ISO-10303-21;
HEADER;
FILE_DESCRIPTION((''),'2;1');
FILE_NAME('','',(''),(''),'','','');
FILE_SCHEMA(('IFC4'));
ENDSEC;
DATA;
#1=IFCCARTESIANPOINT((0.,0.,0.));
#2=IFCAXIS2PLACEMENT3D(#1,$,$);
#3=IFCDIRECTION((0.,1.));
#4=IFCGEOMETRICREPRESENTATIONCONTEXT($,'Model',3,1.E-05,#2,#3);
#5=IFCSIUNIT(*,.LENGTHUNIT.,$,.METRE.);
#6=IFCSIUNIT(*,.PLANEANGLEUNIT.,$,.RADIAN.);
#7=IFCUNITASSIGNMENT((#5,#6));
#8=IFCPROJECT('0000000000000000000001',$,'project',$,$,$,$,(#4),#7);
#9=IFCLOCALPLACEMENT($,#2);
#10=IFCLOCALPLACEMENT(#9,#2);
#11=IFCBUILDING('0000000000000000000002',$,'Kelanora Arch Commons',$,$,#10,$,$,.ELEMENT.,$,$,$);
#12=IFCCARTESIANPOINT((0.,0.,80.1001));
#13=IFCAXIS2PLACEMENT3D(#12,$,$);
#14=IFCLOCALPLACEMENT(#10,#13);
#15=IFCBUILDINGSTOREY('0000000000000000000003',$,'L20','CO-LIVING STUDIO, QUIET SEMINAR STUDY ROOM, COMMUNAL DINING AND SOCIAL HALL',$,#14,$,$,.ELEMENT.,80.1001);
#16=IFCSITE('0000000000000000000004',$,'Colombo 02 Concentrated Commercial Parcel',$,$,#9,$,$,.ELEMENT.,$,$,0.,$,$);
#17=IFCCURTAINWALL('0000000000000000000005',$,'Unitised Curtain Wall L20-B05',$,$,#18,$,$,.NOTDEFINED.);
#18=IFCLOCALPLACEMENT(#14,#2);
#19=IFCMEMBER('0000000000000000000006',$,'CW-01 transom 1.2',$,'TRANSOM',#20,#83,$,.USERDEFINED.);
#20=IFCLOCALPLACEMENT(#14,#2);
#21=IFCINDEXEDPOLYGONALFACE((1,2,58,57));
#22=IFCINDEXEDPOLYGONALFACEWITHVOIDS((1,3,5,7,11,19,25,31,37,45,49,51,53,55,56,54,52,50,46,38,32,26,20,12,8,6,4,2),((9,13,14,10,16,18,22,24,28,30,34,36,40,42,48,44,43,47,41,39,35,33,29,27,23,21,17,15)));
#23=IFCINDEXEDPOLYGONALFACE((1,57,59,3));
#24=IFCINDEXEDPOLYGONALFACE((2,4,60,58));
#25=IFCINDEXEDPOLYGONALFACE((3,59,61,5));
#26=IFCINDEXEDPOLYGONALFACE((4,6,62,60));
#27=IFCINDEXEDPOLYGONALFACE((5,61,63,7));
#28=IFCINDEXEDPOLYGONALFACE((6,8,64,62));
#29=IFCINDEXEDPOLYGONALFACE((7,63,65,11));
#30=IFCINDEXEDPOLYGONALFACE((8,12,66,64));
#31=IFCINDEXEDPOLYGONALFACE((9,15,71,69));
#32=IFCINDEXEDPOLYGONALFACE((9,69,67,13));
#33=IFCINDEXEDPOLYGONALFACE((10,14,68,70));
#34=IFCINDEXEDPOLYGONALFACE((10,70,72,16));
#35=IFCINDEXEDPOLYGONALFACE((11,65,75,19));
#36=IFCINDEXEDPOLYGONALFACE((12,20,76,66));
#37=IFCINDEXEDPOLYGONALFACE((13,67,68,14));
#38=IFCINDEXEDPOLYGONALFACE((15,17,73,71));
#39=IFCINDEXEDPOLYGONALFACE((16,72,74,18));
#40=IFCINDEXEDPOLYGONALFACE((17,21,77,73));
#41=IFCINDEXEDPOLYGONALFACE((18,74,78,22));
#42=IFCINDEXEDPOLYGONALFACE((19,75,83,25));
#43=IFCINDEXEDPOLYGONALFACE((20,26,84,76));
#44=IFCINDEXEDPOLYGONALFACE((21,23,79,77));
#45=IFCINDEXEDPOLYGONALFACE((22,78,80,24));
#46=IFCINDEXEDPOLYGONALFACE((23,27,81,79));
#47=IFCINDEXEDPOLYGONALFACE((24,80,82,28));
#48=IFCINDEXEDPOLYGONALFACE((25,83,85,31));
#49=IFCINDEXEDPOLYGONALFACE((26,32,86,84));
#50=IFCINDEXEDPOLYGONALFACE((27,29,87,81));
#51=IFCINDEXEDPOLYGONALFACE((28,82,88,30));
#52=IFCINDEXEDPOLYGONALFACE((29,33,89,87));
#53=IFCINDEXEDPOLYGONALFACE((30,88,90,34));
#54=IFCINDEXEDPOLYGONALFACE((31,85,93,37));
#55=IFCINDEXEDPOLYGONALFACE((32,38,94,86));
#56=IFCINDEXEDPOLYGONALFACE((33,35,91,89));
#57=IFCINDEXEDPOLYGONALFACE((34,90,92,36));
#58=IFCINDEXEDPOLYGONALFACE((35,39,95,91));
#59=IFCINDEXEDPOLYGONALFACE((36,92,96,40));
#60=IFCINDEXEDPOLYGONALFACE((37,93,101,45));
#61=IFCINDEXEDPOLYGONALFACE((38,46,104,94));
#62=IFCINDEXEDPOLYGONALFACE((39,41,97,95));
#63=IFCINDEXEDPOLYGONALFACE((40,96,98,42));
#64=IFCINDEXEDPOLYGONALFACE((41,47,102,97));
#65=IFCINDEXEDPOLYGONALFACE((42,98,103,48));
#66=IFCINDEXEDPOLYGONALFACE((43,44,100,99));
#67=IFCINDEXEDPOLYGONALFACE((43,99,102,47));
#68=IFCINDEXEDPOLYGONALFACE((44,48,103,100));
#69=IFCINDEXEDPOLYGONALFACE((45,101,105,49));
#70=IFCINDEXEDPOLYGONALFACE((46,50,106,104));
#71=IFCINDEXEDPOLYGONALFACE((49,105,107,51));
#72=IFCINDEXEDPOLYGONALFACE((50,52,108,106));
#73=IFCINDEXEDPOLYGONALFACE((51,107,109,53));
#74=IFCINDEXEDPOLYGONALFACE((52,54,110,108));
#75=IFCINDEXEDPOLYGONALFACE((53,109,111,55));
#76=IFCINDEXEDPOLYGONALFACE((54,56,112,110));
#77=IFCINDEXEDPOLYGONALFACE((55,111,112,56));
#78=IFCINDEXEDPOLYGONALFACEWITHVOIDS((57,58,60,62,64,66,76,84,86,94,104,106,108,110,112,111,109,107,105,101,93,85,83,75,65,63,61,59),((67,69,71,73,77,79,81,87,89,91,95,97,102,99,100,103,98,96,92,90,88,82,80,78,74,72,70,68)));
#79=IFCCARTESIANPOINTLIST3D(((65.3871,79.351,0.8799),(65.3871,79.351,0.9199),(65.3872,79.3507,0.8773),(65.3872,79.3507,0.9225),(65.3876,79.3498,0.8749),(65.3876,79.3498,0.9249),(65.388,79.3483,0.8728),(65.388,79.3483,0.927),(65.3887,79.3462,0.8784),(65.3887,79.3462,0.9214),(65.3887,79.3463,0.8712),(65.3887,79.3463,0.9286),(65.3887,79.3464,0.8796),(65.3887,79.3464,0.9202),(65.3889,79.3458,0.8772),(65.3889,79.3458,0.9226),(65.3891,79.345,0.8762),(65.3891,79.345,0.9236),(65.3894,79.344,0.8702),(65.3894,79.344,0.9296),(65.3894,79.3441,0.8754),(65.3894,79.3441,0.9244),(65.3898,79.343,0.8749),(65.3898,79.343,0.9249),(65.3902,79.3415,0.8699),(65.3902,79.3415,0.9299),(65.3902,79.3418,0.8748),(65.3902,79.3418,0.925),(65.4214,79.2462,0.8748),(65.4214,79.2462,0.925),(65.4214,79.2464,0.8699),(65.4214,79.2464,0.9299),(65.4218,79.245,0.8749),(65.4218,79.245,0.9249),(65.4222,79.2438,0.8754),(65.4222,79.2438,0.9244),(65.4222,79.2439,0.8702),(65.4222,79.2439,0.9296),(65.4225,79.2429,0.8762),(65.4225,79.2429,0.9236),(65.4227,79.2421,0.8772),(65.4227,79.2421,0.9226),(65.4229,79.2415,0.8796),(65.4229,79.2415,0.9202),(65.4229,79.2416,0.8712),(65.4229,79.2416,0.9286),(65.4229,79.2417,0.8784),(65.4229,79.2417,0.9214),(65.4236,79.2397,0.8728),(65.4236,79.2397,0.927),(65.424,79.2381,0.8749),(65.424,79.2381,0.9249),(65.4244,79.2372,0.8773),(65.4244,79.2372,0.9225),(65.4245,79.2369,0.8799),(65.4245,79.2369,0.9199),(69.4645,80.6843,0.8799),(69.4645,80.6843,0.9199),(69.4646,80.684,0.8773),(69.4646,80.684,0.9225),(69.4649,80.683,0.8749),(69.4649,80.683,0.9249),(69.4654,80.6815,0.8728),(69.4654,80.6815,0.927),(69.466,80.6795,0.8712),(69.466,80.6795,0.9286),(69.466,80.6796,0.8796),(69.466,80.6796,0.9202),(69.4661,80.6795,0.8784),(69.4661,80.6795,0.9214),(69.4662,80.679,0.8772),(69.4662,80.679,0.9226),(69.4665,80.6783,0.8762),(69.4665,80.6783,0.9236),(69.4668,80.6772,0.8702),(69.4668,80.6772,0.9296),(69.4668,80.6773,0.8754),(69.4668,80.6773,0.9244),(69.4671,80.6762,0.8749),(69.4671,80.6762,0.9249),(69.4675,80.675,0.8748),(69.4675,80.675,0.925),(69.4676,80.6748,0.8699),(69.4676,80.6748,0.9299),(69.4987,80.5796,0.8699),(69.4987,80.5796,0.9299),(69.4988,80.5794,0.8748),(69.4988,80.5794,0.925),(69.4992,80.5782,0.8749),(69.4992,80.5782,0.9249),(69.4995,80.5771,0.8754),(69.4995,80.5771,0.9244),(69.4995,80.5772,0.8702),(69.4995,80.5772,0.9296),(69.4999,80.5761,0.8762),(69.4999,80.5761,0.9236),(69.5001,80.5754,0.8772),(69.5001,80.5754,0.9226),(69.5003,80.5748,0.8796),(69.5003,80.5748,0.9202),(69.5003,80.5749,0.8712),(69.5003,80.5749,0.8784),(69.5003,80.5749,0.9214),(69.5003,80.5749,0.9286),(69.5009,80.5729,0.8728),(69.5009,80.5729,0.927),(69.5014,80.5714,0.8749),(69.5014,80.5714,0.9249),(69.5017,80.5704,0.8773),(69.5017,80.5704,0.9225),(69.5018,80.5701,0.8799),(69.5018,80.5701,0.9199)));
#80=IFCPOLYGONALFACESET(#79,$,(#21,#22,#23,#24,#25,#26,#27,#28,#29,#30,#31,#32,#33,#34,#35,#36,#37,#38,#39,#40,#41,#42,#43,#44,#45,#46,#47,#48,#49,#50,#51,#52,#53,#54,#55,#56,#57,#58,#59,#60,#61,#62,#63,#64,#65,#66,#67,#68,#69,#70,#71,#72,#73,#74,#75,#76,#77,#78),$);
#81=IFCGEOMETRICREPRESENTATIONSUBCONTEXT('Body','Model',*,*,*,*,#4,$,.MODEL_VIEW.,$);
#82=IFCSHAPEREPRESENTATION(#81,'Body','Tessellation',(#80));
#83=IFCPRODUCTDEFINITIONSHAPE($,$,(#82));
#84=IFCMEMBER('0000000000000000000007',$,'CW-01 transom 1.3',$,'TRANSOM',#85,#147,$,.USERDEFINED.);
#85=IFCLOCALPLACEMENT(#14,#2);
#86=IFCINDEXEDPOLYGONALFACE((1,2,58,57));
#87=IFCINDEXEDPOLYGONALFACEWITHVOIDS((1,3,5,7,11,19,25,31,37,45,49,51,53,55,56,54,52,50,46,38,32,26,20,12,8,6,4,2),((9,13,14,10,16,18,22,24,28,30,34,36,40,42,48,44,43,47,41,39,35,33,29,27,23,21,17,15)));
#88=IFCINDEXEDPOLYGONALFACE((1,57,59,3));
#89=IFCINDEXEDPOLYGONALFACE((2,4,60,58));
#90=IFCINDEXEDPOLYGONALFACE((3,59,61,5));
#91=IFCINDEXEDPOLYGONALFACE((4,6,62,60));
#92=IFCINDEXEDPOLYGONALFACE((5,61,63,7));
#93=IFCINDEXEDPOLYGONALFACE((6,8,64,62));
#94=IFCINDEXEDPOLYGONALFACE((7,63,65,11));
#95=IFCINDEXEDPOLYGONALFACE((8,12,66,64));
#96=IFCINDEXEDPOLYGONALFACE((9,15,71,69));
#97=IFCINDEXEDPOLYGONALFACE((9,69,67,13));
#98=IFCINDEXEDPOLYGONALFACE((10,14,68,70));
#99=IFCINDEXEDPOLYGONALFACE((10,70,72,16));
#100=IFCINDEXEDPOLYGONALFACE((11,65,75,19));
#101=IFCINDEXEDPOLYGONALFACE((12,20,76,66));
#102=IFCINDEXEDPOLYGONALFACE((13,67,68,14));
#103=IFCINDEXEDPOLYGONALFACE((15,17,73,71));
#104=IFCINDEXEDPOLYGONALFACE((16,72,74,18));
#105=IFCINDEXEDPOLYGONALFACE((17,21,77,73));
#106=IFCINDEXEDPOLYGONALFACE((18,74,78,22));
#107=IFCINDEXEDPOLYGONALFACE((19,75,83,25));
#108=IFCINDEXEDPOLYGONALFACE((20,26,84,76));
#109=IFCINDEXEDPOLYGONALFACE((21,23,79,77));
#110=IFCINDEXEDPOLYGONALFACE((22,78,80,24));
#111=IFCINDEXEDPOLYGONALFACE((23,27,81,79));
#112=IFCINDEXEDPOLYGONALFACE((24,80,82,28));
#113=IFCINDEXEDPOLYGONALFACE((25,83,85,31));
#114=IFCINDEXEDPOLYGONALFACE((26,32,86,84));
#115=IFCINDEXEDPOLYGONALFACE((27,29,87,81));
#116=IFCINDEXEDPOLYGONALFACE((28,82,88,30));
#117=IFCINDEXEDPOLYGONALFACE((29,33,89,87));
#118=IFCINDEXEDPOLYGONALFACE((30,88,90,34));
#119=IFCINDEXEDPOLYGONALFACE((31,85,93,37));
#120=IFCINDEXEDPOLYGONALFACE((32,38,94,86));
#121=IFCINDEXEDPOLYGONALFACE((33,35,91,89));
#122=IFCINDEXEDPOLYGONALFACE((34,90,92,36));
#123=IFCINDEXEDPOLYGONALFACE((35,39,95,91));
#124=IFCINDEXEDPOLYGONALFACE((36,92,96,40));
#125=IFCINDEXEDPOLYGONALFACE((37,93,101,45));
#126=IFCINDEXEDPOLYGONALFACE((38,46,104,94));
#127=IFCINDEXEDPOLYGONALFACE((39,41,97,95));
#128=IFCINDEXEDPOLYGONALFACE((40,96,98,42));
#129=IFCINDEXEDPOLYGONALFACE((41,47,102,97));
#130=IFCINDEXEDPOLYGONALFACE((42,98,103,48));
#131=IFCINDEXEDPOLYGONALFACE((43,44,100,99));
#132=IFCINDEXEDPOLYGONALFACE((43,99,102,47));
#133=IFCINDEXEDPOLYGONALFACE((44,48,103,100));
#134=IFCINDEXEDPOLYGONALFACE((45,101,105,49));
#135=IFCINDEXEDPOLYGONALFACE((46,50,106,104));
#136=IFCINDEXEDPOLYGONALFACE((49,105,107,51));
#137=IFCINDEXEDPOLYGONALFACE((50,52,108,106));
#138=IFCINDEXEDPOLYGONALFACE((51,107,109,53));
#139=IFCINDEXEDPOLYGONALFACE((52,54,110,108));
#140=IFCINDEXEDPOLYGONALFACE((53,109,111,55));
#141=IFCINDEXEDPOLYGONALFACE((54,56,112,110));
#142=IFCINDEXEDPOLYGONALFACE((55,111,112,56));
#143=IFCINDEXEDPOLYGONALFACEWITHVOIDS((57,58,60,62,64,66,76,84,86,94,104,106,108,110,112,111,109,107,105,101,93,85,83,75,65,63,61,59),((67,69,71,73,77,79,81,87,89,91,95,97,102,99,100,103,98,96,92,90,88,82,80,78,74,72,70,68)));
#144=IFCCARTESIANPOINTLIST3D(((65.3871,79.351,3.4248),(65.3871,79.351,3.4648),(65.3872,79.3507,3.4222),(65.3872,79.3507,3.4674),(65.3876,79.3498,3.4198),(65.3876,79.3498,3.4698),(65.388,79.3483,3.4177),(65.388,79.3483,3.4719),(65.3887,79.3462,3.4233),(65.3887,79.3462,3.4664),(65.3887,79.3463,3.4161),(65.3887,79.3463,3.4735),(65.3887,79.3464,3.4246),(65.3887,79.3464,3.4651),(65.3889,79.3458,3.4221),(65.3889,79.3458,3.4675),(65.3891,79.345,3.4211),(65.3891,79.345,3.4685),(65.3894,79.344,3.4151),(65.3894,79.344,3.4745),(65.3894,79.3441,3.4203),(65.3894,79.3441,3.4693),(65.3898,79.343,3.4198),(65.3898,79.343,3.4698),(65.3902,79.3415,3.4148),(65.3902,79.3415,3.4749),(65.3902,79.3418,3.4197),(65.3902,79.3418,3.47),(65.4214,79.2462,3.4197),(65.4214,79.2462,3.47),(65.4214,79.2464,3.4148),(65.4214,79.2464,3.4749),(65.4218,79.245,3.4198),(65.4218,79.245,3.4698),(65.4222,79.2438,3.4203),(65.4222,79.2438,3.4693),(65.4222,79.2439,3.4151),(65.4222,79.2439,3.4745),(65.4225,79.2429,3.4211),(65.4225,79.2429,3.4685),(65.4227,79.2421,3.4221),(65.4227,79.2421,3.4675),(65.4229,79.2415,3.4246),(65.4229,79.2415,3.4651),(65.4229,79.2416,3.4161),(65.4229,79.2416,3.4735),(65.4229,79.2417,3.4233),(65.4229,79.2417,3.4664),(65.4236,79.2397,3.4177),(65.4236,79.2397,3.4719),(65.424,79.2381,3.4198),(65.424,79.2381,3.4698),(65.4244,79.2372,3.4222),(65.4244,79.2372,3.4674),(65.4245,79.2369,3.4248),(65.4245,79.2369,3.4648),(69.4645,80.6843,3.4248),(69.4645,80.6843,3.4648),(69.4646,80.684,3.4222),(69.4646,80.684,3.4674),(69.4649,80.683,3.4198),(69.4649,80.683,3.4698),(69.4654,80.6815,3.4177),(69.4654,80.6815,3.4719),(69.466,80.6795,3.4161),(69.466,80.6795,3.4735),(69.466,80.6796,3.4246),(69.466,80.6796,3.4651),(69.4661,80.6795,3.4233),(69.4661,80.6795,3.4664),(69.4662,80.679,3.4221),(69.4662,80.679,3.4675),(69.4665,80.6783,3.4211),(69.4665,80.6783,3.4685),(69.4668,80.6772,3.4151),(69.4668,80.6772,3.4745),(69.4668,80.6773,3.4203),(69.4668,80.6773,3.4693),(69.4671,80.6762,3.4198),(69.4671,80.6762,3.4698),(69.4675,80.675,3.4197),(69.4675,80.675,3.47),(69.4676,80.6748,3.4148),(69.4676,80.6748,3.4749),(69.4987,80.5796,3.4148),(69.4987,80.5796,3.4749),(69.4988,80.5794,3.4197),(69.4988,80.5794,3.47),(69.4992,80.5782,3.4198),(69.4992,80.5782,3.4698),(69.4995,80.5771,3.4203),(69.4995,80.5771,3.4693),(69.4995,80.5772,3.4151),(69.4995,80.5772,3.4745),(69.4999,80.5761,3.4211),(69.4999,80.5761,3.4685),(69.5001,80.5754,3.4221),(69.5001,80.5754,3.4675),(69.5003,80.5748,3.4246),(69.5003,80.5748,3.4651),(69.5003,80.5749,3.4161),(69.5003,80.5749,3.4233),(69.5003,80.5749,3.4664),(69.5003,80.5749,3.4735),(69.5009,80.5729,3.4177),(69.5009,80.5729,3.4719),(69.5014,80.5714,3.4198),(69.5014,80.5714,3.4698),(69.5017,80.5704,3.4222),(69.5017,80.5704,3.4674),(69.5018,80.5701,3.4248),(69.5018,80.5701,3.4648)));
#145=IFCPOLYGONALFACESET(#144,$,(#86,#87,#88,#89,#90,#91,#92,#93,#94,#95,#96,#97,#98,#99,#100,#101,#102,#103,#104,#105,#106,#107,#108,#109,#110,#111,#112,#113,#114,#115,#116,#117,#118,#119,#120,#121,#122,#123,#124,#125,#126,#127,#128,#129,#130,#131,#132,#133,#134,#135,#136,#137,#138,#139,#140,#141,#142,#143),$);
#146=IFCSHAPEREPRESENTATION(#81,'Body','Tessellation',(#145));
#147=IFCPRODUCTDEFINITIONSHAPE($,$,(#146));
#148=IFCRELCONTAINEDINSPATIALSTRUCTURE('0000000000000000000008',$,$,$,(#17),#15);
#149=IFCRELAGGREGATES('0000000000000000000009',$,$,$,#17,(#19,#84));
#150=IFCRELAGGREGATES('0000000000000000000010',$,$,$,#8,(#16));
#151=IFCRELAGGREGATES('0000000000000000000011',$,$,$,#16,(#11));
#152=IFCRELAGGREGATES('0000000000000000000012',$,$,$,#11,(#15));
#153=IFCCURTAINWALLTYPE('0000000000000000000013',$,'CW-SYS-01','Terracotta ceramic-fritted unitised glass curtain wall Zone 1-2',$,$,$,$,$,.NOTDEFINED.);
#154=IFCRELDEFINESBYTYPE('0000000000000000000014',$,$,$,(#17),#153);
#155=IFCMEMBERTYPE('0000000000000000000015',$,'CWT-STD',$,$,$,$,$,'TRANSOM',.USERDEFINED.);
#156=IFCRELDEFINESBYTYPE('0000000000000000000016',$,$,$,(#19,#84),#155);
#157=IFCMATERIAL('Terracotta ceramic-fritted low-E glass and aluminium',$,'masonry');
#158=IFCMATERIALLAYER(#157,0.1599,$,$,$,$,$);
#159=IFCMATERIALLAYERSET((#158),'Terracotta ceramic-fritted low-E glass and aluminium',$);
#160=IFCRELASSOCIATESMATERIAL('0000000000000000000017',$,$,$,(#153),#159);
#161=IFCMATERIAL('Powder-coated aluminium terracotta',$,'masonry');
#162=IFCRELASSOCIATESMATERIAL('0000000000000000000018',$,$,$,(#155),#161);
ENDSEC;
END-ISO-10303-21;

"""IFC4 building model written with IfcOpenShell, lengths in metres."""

from ifc_helpers import new_model, si_unit, direction, frame, origin, origin_2d, place, context, subcontext, project, spatial, hollow_rectangle, extrude, material, layer, layer_set, material_profile, profile_set, type_object, element, aggregate, save


model = new_model("IFC4")

# Units and contexts
model_context = context("Model", 3, precision=1e-05, world=origin(), true_north=direction((0.0, 1.0)))
body_context = subcontext(model_context, "Body", "Model", "MODEL_VIEW")
ifc_project = project(units=[si_unit("LENGTHUNIT", "METRE"), si_unit("PLANEANGLEUNIT", "RADIAN")], contexts=[model_context])

# Site, building, storey
site_placement = place(None, origin())
site = spatial("IfcSite", under=ifc_project, at=site_placement, Name="Colombo 02 Concentrated Commercial Parcel", CompositionType="ELEMENT", RefElevation=0.0)
building_placement = place(site_placement, origin())
building = spatial("IfcBuilding", under=site, at=building_placement, Name="Kelanora Arch Commons", CompositionType="ELEMENT")
storey_placement = place(building_placement, frame((0.0, 0.0, 80.1001)))
storey = spatial("IfcBuildingStorey", under=building, at=storey_placement, Name="L20", Description="CO-LIVING STUDIO, QUIET SEMINAR STUDY ROOM, COMMUNAL DINING AND SOCIAL HALL", CompositionType="ELEMENT", Elevation=80.1001)

# Curtain wall, members
ifc_material_1 = material(Name="Terracotta ceramic-fritted low-E glass and aluminium", Category="masonry")
ifc_layer_1 = layer(ifc_material_1, 0.1599)
ifc_layer_set_1 = layer_set([ifc_layer_1], Name="Terracotta ceramic-fritted low-E glass and aluminium")
curtain_wall_type = type_object("IfcCurtainWallType", Name="CW-SYS-01", Description="Terracotta ceramic-fritted unitised glass curtain wall Zone 1-2", PredefinedType="NOTDEFINED", material=ifc_layer_set_1)
curtain_wall_placement = place(storey_placement, origin())
curtain_wall = element("IfcCurtainWall", 1, at=curtain_wall_placement, inside=storey, type_object=curtain_wall_type, Name="Unitised Curtain Wall L20-B05", PredefinedType="NOTDEFINED")
ifc_material_2 = material(Name="Powder-coated aluminium terracotta", Category="masonry")
ifc_material_profile_1 = material_profile(ifc_material_2, hollow_rectangle(XDim=0.1201, YDim=0.0601, WallThickness=0.0049, InnerFilletRadius=0.0049, OuterFilletRadius=0.01, at=origin_2d()), Name="CWT120x60")
ifc_profile_set_1 = profile_set([ifc_material_profile_1], Name="Powder-coated aluminium terracotta")
member_type_1 = type_object("IfcMemberType", Name="CWT-STD", ElementType="TRANSOM", PredefinedType="USERDEFINED", material=ifc_profile_set_1)
member_1_placement = place(storey_placement, frame((69.4832, 80.6272, 0.8999), z_axis=(-0.950478, -0.310793, 0.0), x_axis=(0.310793, -0.950478, 0.0)))
member_1 = element("IfcMember", 2, at=member_1_placement, type_object=member_type_1, Name="CW-01 transom 1.2", ObjectType="TRANSOM", PredefinedType="USERDEFINED", context=body_context, shape_type="SweptSolid", body=[
    extrude(hollow_rectangle(XDim=0.1201, YDim=0.0601, WallThickness=0.0049, InnerFilletRadius=0.0049, OuterFilletRadius=0.01, at=origin_2d()), origin(), (0.0, 0.0, 1.0), 4.2898),
])
member_2_placement = place(storey_placement, frame((69.4832, 80.6272, 3.4448), z_axis=(-0.950478, -0.310793, 0.0), x_axis=(0.310793, -0.950478, 0.0)))
member_2 = element("IfcMember", 3, at=member_2_placement, type_object=member_type_1, Name="CW-01 transom 1.3", ObjectType="TRANSOM", PredefinedType="USERDEFINED", context=body_context, shape_type="SweptSolid", body=[
    extrude(hollow_rectangle(XDim=0.1201, YDim=0.0601, WallThickness=0.0049, InnerFilletRadius=0.0049, OuterFilletRadius=0.01, at=origin_2d()), origin(), (0.0, 0.0, 1.0), 4.2898),
])
aggregate(curtain_wall, [member_1, member_2])

save(model, "model.ifc")
